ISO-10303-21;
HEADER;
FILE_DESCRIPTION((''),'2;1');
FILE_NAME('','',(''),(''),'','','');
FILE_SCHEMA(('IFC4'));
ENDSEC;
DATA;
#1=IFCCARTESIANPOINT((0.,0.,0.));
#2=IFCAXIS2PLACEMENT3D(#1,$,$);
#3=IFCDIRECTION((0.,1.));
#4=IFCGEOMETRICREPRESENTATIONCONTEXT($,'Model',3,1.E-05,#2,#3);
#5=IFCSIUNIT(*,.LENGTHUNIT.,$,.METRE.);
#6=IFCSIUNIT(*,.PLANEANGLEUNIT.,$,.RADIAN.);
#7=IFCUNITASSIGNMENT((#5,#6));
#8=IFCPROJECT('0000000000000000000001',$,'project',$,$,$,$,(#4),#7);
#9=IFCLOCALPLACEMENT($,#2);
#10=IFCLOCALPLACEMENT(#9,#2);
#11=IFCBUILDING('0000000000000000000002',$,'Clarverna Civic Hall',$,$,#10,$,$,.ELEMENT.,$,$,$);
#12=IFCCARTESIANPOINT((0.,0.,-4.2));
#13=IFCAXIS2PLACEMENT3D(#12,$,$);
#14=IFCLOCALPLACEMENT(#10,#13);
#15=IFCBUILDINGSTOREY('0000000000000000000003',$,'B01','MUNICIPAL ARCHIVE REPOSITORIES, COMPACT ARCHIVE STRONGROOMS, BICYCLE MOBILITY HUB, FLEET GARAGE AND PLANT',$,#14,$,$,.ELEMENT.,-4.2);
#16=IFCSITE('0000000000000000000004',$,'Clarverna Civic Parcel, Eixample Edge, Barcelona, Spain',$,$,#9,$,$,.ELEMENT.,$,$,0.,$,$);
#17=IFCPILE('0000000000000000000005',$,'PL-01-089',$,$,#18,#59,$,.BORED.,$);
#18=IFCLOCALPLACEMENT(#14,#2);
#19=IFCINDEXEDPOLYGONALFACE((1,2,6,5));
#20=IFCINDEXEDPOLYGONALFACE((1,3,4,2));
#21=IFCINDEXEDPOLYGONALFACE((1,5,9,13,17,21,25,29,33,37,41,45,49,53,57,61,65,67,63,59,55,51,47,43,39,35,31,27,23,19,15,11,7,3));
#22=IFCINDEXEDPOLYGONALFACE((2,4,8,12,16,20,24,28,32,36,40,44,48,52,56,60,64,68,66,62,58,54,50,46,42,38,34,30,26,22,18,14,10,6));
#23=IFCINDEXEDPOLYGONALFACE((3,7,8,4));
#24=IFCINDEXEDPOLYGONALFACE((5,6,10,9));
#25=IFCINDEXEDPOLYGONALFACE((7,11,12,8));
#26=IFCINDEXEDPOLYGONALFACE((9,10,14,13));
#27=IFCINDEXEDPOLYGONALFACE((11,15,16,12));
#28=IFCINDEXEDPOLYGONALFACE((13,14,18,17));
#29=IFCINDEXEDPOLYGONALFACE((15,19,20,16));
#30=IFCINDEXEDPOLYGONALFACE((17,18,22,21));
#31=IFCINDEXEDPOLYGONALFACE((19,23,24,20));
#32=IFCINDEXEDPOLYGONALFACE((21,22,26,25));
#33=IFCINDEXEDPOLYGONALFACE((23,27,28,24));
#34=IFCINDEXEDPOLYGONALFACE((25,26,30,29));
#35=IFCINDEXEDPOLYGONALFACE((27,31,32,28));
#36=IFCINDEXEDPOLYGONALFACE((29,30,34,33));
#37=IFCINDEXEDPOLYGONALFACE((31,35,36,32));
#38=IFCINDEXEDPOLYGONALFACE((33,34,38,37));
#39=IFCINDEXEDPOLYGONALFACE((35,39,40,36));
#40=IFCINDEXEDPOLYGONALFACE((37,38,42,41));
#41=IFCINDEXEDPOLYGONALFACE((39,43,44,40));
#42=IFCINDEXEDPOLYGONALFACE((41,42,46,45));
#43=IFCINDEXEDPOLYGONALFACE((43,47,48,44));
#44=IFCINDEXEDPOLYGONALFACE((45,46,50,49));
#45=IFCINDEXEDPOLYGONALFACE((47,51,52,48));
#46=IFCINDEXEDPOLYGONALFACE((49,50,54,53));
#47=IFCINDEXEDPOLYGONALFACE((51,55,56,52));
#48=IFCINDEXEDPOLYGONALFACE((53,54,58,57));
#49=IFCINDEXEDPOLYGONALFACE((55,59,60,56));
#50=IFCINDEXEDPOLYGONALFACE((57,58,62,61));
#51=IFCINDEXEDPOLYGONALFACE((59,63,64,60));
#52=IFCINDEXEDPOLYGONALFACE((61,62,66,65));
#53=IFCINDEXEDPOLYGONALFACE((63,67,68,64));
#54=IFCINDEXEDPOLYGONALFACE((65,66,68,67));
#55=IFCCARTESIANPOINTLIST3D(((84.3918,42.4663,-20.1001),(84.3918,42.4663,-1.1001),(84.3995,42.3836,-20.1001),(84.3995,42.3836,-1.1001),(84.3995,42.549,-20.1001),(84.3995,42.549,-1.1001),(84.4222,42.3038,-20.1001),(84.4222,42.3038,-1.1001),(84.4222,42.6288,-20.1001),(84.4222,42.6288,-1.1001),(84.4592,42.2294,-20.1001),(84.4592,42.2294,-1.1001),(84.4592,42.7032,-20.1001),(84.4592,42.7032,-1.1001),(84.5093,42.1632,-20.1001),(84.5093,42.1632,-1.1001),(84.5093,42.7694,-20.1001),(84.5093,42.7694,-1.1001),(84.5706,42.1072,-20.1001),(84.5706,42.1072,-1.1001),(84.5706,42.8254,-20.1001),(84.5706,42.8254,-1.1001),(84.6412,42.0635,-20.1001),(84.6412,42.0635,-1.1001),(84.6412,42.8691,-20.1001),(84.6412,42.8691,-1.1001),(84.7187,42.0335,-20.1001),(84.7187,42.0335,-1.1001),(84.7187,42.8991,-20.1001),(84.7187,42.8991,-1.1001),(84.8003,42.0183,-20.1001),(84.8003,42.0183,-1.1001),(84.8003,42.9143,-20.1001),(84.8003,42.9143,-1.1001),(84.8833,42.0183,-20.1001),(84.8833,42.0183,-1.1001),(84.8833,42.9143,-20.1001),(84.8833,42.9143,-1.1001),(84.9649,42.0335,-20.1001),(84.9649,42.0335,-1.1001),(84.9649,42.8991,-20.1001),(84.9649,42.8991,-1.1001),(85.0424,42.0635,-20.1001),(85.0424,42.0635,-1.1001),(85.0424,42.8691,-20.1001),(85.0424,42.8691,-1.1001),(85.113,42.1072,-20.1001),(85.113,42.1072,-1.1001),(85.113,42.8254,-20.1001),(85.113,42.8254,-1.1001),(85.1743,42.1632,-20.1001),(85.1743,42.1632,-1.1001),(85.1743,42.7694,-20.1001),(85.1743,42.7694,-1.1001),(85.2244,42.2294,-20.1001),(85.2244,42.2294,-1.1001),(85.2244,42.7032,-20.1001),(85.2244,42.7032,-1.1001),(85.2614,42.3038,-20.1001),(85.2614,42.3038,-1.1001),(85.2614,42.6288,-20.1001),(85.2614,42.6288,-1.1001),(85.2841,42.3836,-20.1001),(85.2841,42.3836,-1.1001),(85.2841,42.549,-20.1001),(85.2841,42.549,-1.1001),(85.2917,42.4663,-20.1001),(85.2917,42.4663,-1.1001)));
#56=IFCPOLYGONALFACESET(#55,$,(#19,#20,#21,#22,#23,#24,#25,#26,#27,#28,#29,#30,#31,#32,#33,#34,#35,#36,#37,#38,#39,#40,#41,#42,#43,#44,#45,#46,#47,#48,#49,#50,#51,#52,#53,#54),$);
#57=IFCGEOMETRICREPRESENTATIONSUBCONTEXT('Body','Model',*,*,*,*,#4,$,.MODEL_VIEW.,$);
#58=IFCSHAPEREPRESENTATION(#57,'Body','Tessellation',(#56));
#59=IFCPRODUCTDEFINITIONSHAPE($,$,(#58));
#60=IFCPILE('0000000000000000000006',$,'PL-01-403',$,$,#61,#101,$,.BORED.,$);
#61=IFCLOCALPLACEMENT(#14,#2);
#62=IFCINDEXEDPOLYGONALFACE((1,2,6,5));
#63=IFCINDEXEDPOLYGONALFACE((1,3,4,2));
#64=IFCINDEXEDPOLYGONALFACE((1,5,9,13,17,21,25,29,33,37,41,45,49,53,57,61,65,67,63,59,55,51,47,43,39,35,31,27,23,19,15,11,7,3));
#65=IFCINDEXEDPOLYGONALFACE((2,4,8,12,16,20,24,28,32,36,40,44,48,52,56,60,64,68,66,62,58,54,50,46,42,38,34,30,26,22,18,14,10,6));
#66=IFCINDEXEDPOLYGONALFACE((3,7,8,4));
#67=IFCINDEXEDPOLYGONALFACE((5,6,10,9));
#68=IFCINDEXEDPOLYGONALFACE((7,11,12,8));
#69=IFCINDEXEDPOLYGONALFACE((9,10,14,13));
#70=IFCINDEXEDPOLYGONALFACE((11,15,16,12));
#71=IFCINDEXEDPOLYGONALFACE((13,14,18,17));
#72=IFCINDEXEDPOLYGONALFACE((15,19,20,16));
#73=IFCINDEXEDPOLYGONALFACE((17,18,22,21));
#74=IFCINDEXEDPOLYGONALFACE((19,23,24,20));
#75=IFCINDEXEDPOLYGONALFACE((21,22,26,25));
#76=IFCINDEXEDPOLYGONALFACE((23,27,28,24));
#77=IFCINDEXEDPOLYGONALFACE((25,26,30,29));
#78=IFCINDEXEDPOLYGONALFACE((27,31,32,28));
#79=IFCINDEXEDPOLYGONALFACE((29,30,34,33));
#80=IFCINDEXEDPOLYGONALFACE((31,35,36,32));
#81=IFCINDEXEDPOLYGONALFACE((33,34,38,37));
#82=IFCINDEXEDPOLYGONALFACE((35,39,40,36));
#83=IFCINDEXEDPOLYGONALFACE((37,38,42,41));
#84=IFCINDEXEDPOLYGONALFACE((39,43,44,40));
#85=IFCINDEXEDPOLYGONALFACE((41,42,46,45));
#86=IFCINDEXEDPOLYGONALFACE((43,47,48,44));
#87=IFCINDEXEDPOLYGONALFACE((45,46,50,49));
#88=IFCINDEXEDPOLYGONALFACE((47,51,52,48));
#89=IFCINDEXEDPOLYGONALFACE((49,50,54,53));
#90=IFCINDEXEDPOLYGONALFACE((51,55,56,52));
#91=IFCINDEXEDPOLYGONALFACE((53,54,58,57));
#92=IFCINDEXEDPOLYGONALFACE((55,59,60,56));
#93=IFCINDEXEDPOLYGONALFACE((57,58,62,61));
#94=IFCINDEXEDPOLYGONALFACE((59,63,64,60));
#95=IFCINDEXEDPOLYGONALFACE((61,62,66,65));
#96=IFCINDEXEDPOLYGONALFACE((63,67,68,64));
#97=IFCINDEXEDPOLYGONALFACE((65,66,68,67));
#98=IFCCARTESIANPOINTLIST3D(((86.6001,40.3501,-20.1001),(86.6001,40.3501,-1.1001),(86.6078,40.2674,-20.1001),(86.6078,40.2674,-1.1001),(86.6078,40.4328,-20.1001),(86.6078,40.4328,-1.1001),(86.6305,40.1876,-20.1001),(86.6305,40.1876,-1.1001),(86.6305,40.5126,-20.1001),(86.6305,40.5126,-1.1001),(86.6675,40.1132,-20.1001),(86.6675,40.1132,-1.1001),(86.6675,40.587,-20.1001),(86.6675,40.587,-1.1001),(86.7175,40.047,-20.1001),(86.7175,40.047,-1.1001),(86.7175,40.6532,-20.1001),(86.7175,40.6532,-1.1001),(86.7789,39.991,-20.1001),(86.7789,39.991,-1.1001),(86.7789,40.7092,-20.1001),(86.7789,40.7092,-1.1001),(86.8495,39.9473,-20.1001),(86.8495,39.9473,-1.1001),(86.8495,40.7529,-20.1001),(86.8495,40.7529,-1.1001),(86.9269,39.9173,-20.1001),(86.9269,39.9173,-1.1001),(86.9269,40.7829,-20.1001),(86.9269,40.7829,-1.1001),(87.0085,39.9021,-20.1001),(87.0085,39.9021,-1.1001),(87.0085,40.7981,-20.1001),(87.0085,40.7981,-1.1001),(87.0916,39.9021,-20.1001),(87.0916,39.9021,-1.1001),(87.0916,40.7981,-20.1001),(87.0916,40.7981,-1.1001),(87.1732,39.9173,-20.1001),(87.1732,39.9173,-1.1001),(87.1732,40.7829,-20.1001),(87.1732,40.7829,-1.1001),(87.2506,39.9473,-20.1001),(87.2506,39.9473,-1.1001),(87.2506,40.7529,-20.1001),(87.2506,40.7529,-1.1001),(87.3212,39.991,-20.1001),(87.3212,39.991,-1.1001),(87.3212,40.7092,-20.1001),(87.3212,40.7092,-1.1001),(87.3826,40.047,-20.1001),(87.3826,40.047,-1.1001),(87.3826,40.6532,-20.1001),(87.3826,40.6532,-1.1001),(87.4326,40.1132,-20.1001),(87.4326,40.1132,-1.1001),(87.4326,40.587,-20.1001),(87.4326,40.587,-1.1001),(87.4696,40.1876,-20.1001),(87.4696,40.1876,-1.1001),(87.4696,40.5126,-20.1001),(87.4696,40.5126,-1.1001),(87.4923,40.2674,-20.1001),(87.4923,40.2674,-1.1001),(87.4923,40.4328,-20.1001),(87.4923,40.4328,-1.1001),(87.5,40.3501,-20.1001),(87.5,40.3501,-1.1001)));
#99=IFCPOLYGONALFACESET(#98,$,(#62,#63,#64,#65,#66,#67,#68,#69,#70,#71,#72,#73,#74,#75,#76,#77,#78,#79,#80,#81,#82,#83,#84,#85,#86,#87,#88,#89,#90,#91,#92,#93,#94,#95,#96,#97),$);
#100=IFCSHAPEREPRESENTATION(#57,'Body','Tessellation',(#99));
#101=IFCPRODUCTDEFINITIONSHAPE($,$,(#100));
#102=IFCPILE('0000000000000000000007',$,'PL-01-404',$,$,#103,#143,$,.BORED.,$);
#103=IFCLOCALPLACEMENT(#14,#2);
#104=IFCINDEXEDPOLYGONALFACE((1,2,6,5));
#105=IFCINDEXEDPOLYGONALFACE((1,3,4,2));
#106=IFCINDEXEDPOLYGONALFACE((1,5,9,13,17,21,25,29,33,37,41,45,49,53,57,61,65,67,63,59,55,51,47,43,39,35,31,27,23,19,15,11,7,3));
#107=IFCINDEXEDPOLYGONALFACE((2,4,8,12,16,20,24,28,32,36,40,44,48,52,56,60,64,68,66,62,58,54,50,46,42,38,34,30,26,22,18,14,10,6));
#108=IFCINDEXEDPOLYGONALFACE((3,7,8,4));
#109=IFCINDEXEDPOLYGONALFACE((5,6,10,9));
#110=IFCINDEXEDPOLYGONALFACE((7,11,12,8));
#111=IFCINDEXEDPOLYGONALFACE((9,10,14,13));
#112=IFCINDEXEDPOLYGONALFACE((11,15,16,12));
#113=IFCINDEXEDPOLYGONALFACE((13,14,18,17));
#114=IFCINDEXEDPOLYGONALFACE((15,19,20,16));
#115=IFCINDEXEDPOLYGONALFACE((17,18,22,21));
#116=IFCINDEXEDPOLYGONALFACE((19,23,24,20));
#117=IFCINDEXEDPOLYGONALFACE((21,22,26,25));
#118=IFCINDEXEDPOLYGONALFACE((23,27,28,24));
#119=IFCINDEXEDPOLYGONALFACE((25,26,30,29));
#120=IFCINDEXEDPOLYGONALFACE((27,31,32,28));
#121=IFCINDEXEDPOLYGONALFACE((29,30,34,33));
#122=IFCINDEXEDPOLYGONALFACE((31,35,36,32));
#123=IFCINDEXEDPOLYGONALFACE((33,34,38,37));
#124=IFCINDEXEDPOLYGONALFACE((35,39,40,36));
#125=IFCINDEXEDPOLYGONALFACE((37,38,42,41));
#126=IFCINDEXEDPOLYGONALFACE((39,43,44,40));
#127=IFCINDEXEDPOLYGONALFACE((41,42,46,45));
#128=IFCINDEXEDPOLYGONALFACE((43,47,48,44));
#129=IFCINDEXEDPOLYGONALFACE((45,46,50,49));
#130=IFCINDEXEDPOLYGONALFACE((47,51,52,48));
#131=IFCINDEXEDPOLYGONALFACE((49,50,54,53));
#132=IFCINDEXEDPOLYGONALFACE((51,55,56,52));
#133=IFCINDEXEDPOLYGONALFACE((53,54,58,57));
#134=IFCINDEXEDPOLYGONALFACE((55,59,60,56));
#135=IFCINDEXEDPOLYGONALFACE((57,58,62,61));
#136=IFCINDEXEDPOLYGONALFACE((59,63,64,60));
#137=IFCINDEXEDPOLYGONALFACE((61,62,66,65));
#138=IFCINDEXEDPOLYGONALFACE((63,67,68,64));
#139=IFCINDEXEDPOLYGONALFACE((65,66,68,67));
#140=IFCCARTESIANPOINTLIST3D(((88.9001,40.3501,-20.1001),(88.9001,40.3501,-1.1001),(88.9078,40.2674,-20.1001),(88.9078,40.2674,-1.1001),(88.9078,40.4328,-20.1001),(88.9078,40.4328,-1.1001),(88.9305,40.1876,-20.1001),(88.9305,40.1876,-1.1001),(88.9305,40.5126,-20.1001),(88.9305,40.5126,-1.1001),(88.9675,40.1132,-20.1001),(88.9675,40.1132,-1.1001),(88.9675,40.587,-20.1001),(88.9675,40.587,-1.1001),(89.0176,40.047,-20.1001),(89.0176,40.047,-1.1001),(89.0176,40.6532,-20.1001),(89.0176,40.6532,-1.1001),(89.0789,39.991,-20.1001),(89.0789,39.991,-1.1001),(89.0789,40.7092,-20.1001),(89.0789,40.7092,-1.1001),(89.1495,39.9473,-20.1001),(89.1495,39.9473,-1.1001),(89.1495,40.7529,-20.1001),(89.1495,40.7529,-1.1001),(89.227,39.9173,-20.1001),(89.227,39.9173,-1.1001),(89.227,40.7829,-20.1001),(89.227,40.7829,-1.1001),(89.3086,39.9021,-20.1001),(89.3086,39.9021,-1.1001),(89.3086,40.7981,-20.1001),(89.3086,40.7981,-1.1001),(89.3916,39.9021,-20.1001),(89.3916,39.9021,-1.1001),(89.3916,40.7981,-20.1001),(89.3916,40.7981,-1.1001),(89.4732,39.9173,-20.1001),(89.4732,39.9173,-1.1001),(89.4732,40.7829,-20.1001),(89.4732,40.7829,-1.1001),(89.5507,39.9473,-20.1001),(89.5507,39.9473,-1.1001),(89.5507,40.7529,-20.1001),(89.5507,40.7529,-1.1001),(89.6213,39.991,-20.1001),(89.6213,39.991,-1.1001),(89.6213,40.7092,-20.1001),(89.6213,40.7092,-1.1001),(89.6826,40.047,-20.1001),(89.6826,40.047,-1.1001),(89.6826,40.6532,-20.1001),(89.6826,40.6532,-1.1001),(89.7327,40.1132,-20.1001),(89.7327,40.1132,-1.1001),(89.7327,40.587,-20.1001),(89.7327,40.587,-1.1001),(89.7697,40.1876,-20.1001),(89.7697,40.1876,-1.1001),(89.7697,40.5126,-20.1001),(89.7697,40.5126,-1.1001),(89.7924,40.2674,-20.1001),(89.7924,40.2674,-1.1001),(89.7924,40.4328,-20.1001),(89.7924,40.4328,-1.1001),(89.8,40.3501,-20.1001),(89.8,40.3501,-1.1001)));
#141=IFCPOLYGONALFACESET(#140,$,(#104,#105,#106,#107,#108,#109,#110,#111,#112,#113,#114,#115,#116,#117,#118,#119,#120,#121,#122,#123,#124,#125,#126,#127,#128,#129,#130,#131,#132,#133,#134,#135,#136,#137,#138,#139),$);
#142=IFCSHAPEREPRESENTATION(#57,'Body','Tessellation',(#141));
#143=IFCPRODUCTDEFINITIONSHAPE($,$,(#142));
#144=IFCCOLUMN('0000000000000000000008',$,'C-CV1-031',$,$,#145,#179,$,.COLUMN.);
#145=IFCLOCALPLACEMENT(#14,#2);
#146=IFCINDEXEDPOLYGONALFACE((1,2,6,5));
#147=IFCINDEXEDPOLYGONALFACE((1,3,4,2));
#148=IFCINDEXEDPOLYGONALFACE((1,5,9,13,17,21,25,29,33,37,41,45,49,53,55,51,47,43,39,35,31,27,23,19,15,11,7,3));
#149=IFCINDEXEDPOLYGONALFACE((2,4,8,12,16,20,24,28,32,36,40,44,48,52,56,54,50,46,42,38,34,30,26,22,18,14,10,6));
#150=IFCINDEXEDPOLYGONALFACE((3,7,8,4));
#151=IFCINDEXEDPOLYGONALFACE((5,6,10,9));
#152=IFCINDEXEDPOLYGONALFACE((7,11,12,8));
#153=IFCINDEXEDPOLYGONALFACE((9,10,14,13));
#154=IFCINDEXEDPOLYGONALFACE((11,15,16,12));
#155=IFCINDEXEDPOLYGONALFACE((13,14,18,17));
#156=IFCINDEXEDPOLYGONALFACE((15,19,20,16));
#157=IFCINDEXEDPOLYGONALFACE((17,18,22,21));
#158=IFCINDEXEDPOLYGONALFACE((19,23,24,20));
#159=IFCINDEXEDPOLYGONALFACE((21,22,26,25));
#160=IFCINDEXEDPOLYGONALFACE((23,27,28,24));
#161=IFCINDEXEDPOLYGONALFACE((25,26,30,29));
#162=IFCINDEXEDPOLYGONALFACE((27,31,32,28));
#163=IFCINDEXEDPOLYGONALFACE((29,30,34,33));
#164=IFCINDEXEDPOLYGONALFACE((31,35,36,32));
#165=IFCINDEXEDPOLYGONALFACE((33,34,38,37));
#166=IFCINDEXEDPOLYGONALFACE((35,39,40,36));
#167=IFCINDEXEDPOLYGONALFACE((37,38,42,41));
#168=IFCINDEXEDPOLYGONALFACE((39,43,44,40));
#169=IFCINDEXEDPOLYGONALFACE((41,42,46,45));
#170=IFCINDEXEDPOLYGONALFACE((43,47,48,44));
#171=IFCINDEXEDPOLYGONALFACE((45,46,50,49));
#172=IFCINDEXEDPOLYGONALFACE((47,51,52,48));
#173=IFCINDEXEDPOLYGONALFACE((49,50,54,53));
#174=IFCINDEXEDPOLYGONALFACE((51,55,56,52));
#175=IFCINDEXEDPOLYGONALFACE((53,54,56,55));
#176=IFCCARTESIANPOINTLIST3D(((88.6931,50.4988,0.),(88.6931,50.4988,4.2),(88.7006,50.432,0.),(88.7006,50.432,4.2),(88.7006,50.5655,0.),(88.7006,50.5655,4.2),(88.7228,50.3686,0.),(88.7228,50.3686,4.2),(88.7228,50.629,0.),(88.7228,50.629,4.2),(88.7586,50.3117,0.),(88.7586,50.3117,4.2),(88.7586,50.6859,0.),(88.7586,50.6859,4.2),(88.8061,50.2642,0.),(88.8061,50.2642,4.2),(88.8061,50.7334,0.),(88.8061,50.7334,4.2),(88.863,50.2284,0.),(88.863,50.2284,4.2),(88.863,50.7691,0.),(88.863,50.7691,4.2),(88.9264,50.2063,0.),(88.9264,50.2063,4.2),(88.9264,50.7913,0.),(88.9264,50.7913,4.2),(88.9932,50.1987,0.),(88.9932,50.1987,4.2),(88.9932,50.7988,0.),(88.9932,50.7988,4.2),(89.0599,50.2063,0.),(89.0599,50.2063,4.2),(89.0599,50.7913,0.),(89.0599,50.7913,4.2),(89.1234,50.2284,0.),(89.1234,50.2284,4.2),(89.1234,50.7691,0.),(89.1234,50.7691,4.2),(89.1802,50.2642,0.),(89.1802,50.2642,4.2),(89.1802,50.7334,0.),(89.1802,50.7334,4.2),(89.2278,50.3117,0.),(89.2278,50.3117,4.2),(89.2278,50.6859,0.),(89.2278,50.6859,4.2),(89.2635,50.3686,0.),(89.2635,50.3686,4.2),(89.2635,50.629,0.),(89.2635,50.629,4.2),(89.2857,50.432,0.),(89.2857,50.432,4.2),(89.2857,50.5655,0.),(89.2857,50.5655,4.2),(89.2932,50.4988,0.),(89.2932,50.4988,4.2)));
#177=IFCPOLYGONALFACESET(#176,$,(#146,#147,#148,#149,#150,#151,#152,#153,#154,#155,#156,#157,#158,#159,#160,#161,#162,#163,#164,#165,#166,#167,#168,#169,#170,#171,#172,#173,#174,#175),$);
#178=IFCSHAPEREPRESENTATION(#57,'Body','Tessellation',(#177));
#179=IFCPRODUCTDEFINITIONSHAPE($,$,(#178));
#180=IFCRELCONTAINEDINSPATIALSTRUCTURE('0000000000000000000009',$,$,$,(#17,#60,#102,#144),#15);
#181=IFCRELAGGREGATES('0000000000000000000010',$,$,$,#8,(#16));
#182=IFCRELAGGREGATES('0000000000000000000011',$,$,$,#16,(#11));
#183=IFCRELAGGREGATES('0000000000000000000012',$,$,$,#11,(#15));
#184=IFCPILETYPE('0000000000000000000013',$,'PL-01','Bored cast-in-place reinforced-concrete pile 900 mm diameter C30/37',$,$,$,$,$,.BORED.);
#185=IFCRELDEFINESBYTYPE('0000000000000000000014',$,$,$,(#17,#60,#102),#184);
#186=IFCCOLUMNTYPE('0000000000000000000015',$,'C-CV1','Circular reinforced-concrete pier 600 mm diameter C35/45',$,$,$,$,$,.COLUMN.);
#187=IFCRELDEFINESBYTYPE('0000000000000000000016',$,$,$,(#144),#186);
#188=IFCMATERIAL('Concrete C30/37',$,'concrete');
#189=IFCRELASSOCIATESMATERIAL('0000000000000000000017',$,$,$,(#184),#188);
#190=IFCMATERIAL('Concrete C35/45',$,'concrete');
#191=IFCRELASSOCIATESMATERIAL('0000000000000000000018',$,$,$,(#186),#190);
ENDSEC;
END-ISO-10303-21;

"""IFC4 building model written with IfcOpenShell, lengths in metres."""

from ifc_helpers import new_model, si_unit, direction, frame, origin, origin_2d, place, context, subcontext, project, spatial, circle, extrude, material, material_profile, profile_set, type_object, element, save


model = new_model("IFC4")

# Units and contexts
model_context = context("Model", 3, precision=1e-05, world=origin(), true_north=direction((0.0, 1.0)))
body_context = subcontext(model_context, "Body", "Model", "MODEL_VIEW")
ifc_project = project(units=[si_unit("LENGTHUNIT", "METRE"), si_unit("PLANEANGLEUNIT", "RADIAN")], contexts=[model_context])

# Site, building, storey
site_placement = place(None, origin())
site = spatial("IfcSite", under=ifc_project, at=site_placement, Name="Clarverna Civic Parcel, Eixample Edge, Barcelona, Spain", CompositionType="ELEMENT", RefElevation=0.0)
building_placement = place(site_placement, origin())
building = spatial("IfcBuilding", under=site, at=building_placement, Name="Clarverna Civic Hall", CompositionType="ELEMENT")
storey_placement = place(building_placement, frame((0.0, 0.0, -4.2)))
storey = spatial("IfcBuildingStorey", under=building, at=storey_placement, Name="B01", Description="MUNICIPAL ARCHIVE REPOSITORIES, COMPACT ARCHIVE STRONGROOMS, BICYCLE MOBILITY HUB, FLEET GARAGE AND PLANT", CompositionType="ELEMENT", Elevation=-4.2)

# Shared definitions
ifc_material_1 = material(Name="Concrete C30/37", Category="concrete")

# Piles
ifc_material_profile_1 = material_profile(ifc_material_1, circle(Radius=0.45, at=origin_2d()), Name="BORED PILE D900")
ifc_profile_set_1 = profile_set([ifc_material_profile_1], Name="Concrete C30/37")
pile_type = type_object("IfcPileType", Name="PL-01", Description="Bored cast-in-place reinforced-concrete pile 900 mm diameter C30/37", PredefinedType="BORED", material=ifc_profile_set_1)
for number, where, z_axis, x_axis, name in (
    (1, (84.8418, 42.4663, -1.1001), (0.0, 0.0, -1.0), (1.0, 0.0, 0.0), "PL-01-089"),
    (2, (87.05, 40.3501, -1.1001), (0.0, 0.0, -1.0), (1.0, 0.0, 0.0), "PL-01-403"),
    (3, (89.3501, 40.3501, -1.1001), (0.0, 0.0, -1.0), (1.0, 0.0, 0.0), "PL-01-404"),
):
    element("IfcPile", number, at=place(storey_placement, frame(where, z_axis=z_axis, x_axis=x_axis)), inside=storey, type_object=pile_type, Name=name, PredefinedType="BORED", context=body_context, shape_type="SweptSolid", body=[
        extrude(circle(Radius=0.45, at=origin_2d()), origin(), (0.0, 0.0, 1.0), 19.0),
    ])

# Column
ifc_material_2 = material(Name="Concrete C35/45", Category="concrete")
ifc_material_profile_2 = material_profile(ifc_material_2, circle(Radius=0.3, at=origin_2d()), Name="RC D600")
ifc_profile_set_2 = profile_set([ifc_material_profile_2], Name="Concrete C35/45")
column_type_1 = type_object("IfcColumnType", Name="C-CV1", Description="Circular reinforced-concrete pier 600 mm diameter C35/45", PredefinedType="COLUMN", material=ifc_profile_set_2)
for number, where, z_axis, x_axis, name in (
    (4, (88.9932, 50.4988, 0.0), (0.0, 0.0, 1.0), (1.0, 0.0, 0.0), "C-CV1-031"),
):
    element("IfcColumn", number, at=place(storey_placement, frame(where, z_axis=z_axis, x_axis=x_axis)), inside=storey, type_object=column_type_1, Name=name, PredefinedType="COLUMN", context=body_context, shape_type="SweptSolid", body=[
        extrude(circle(Radius=0.3, at=origin_2d()), origin(), (0.0, 0.0, 1.0), 4.2),
    ])

save(model, "model.ifc")
